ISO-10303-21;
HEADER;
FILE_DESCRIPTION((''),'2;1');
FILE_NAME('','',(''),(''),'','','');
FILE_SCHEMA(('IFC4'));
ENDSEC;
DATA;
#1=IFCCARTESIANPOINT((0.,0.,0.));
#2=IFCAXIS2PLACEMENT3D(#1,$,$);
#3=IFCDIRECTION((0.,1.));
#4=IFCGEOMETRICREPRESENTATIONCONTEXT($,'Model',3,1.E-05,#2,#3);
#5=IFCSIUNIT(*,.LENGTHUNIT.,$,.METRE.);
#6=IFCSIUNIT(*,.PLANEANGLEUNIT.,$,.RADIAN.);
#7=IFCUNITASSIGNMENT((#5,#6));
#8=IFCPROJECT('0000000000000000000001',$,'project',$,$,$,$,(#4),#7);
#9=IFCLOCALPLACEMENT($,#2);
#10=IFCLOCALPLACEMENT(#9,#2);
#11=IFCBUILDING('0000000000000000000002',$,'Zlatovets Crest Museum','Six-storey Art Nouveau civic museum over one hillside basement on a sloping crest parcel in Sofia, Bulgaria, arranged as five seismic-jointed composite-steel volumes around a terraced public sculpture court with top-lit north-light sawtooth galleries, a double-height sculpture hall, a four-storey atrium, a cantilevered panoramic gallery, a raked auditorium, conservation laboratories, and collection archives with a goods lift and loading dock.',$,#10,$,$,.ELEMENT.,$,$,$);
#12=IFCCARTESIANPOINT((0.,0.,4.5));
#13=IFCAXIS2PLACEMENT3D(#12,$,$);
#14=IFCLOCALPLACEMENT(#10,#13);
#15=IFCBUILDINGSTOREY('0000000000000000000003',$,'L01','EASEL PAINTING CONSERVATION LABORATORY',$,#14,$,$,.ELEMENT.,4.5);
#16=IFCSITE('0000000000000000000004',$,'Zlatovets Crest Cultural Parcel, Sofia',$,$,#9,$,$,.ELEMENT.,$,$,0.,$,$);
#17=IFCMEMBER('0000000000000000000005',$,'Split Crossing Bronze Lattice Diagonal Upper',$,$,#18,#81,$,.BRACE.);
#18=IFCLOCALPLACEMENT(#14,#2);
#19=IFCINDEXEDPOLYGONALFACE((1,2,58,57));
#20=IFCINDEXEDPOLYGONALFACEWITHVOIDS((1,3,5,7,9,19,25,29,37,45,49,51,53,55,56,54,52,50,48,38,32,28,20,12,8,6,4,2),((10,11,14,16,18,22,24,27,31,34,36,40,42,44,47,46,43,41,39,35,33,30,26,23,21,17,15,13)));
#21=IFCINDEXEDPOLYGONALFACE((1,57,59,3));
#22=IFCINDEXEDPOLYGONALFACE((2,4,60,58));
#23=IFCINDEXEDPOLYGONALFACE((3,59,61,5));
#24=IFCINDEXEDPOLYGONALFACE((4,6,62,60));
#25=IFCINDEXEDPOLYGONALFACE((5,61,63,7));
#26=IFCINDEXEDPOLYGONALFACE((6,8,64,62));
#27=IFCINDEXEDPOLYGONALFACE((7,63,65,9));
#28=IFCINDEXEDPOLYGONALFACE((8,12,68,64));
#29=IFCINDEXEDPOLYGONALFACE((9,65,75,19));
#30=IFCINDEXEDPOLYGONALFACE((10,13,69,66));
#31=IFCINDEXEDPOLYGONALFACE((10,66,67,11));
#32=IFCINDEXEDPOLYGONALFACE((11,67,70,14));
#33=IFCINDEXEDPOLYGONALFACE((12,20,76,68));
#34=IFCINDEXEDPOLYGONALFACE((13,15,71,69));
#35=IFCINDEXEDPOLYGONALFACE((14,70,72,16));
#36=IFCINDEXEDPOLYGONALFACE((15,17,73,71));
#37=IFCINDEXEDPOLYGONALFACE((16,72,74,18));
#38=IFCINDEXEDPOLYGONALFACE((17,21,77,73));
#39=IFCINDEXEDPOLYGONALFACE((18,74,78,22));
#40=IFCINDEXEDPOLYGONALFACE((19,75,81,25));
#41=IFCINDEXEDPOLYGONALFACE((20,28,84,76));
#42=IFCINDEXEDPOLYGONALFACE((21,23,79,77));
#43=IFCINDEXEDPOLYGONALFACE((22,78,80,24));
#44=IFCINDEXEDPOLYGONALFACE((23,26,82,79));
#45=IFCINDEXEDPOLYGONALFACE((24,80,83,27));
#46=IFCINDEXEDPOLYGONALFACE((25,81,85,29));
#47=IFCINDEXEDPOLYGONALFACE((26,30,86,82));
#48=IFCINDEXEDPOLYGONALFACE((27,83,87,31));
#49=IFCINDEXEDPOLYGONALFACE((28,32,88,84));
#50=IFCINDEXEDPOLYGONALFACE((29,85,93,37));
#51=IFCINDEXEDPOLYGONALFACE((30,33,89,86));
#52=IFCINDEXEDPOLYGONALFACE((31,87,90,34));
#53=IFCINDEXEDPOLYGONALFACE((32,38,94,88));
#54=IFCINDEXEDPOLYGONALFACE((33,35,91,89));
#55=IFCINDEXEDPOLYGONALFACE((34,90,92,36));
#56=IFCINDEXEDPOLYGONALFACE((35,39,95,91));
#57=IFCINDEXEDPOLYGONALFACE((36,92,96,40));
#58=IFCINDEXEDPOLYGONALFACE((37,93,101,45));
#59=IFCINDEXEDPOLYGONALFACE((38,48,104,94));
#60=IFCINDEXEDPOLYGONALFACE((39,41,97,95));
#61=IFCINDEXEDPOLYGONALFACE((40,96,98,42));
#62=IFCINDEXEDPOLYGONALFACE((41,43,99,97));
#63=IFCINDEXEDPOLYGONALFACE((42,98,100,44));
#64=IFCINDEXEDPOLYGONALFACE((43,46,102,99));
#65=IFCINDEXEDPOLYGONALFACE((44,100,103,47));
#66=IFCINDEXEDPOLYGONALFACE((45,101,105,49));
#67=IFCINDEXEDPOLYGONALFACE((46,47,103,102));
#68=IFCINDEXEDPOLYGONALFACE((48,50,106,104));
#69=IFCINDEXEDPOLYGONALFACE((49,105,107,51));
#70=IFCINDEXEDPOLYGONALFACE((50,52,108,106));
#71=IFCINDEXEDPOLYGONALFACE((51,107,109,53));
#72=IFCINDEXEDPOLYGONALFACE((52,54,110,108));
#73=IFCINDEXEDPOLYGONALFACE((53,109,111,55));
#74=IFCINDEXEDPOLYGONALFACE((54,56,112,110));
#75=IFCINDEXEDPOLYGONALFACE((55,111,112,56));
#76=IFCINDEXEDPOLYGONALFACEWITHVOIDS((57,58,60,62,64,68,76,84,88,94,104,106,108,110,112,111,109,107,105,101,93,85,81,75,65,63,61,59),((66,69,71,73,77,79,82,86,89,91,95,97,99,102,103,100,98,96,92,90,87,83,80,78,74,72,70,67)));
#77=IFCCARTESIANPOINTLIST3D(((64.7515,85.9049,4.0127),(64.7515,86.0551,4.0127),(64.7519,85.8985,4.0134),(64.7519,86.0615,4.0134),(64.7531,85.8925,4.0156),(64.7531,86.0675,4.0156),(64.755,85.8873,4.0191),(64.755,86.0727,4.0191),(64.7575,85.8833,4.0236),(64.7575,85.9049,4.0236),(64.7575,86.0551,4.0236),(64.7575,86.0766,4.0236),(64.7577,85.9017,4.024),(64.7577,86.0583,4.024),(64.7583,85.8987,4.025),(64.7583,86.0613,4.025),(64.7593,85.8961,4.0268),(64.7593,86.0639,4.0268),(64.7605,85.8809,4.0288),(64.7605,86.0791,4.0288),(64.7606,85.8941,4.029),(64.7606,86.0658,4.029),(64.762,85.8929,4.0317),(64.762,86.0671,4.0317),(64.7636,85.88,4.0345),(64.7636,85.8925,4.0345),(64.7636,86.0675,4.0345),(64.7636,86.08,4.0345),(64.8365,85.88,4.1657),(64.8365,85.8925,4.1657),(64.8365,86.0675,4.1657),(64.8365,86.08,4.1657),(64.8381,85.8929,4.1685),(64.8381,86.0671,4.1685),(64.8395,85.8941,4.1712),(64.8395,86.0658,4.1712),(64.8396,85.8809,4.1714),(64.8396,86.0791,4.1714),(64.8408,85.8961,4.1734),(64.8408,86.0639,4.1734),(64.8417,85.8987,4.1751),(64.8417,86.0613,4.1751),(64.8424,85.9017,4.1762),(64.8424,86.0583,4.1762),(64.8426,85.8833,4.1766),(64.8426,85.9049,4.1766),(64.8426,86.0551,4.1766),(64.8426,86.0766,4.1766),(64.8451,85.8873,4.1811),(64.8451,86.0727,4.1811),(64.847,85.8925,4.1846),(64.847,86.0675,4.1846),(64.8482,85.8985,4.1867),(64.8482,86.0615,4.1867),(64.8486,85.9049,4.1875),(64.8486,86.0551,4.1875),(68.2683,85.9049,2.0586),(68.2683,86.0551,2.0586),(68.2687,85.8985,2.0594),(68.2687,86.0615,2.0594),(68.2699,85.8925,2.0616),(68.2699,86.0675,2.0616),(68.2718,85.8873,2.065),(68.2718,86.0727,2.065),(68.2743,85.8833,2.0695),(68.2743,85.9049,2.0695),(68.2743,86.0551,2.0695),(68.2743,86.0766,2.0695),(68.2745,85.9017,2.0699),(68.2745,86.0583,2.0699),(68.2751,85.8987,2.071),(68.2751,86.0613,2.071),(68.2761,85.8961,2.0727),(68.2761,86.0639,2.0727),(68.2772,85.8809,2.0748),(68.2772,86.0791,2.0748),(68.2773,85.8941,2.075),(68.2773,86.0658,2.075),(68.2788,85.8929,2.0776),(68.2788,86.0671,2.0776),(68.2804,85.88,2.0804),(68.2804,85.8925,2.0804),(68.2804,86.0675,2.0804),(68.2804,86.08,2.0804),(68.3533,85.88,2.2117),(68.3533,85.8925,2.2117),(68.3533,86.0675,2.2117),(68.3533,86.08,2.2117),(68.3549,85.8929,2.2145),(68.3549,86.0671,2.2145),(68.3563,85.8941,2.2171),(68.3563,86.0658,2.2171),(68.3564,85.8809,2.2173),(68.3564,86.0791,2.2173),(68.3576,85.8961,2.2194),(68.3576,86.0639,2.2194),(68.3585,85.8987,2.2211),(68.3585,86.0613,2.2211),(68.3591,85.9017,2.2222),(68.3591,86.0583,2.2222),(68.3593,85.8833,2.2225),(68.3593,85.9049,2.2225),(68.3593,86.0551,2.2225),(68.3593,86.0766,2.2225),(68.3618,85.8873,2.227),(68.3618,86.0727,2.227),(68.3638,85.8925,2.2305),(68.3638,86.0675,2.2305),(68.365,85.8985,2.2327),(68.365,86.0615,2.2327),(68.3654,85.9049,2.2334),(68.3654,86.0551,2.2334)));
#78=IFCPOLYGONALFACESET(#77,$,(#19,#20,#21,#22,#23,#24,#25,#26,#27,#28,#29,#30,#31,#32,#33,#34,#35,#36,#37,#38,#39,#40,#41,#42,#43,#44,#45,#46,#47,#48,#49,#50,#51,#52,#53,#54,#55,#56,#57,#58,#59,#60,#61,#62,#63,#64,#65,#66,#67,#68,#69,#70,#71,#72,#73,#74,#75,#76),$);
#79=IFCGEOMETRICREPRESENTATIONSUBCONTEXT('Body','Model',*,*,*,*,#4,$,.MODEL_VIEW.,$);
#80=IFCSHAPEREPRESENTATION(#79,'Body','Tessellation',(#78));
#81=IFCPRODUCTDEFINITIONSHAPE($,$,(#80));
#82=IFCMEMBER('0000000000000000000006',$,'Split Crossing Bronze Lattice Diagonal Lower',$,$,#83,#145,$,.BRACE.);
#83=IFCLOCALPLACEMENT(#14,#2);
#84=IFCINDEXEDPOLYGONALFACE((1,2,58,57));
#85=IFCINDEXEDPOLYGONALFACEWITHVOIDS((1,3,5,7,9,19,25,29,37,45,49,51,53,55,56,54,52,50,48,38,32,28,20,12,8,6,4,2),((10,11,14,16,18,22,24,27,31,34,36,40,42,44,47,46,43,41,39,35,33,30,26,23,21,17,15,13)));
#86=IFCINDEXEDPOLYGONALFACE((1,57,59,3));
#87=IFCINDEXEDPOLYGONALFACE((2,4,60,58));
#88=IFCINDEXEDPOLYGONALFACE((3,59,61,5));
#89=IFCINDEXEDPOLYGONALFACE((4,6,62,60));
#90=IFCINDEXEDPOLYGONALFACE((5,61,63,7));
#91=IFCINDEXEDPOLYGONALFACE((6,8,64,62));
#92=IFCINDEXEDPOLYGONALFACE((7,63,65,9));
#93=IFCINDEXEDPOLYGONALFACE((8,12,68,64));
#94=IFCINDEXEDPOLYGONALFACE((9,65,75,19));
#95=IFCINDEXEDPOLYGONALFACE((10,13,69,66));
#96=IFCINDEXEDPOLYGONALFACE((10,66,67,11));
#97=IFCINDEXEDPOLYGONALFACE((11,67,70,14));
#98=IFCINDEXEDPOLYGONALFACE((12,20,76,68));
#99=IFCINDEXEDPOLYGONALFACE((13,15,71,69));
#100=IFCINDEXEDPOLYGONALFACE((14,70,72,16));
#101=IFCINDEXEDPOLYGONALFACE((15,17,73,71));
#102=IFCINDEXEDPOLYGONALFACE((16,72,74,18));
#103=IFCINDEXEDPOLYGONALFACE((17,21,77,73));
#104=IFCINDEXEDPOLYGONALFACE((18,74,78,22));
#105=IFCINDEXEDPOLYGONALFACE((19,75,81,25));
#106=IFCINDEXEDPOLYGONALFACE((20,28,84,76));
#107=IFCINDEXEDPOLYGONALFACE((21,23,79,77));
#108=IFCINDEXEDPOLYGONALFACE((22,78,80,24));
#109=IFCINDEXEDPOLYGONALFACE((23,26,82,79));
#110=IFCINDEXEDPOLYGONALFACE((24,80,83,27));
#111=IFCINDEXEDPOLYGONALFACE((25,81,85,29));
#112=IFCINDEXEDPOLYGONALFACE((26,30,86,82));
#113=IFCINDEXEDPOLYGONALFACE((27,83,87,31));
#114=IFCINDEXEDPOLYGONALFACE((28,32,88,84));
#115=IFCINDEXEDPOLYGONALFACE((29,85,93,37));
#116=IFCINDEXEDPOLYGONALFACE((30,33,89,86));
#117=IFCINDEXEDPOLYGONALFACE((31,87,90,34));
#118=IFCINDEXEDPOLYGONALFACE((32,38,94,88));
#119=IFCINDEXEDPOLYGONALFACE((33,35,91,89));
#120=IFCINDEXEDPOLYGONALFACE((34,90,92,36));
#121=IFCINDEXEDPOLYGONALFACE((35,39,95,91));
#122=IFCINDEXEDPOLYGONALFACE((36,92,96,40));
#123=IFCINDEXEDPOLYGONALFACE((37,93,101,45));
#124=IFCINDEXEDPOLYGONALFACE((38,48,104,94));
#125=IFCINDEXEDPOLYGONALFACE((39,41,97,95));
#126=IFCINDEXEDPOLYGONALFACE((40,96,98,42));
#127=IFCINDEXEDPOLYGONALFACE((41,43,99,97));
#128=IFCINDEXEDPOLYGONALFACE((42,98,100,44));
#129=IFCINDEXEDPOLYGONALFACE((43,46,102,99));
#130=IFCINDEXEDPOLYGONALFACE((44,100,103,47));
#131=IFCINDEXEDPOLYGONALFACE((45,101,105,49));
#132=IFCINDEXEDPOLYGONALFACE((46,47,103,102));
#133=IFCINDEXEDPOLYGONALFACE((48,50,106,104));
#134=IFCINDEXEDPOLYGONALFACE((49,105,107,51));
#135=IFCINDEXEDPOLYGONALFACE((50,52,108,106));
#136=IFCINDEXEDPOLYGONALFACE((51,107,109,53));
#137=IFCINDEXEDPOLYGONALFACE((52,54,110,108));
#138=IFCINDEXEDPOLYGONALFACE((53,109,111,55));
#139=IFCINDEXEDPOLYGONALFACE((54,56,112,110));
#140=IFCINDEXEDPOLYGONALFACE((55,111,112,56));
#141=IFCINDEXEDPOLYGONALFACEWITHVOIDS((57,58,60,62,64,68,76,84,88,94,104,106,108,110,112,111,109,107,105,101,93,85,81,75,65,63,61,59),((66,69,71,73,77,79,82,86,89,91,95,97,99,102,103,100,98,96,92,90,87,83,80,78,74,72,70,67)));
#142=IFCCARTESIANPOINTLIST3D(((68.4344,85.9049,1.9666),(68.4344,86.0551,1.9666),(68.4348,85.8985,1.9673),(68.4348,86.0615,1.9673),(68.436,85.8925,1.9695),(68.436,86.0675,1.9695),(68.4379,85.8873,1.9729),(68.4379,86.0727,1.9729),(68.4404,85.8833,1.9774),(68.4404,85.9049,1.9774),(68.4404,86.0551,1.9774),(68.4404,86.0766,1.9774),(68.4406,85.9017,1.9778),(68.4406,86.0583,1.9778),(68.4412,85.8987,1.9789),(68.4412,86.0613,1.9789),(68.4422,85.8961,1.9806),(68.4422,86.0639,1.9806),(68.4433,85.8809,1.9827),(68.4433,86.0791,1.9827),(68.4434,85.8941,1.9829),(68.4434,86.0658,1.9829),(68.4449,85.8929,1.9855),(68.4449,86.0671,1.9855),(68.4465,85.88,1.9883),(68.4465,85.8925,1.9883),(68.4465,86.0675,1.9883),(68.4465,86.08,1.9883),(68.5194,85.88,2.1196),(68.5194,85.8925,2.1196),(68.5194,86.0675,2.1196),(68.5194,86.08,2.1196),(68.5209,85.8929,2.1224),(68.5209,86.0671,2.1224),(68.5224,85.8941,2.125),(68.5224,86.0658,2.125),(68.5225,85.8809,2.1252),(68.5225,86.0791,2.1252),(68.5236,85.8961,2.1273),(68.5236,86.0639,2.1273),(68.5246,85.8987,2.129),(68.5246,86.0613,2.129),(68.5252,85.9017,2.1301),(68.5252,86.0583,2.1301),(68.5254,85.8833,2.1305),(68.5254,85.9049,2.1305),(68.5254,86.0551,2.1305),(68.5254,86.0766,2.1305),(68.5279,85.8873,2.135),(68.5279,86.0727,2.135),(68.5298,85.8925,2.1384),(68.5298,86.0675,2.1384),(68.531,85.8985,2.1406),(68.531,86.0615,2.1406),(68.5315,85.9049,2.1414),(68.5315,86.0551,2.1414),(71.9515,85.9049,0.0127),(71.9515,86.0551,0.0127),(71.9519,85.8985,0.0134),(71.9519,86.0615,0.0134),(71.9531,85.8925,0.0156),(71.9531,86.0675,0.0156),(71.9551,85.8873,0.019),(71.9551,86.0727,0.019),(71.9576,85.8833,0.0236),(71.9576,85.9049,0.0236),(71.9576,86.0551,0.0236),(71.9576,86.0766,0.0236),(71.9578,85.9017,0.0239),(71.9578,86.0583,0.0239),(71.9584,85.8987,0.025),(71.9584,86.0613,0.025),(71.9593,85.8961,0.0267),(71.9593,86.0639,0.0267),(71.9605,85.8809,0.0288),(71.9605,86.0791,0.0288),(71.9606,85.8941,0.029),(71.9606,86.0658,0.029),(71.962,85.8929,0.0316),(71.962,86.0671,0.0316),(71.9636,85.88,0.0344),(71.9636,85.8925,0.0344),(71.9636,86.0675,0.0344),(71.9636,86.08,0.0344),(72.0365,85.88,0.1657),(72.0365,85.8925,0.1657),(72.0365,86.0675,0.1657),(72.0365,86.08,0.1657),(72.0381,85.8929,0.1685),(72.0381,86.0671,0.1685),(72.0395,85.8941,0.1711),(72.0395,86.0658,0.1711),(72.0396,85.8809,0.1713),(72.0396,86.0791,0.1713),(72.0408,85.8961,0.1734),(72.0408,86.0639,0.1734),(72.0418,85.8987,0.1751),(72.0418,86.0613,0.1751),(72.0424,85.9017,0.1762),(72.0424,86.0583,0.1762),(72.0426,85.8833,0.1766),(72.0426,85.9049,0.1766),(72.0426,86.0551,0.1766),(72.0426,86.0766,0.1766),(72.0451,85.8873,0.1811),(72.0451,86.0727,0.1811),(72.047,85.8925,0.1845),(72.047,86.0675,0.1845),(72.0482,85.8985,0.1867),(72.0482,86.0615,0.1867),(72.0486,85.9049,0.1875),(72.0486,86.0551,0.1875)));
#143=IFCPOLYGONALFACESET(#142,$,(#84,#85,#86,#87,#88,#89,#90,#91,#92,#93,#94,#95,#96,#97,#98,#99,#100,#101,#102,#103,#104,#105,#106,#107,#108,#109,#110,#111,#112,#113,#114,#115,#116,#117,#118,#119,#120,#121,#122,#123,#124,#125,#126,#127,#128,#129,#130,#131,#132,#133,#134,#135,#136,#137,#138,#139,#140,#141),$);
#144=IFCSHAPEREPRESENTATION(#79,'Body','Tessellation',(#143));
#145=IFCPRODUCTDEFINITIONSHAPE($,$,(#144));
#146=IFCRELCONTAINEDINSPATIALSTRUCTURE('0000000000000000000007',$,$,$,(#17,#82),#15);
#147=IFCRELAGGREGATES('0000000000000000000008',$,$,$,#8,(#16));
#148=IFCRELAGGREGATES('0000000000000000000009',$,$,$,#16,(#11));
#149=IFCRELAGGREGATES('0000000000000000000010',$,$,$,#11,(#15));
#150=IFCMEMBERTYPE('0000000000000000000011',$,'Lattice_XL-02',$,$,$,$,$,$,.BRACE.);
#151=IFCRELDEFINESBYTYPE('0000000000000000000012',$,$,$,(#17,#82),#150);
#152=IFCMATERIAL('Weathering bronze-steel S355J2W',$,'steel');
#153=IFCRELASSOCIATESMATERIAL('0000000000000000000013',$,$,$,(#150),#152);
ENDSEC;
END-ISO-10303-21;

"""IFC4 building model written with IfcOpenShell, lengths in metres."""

from ifc_helpers import new_model, si_unit, direction, frame, origin, origin_2d, place, context, subcontext, project, spatial, hollow_rectangle, extrude, material, material_profile, profile_set, type_object, element, save


model = new_model("IFC4")

# Units and contexts
model_context = context("Model", 3, precision=1e-05, world=origin(), true_north=direction((0.0, 1.0)))
body_context = subcontext(model_context, "Body", "Model", "MODEL_VIEW")
ifc_project = project(units=[si_unit("LENGTHUNIT", "METRE"), si_unit("PLANEANGLEUNIT", "RADIAN")], contexts=[model_context])

# Site, building, storey
site_placement = place(None, origin())
site = spatial("IfcSite", under=ifc_project, at=site_placement, Name="Zlatovets Crest Cultural Parcel, Sofia", CompositionType="ELEMENT", RefElevation=0.0)
building_placement = place(site_placement, origin())
building = spatial("IfcBuilding", under=site, at=building_placement, Name="Zlatovets Crest Museum", Description="Six-storey Art Nouveau civic museum over one hillside basement on a sloping crest parcel in Sofia, Bulgaria, arranged as five seismic-jointed composite-steel volumes around a terraced public sculpture court with top-lit north-light sawtooth galleries, a double-height sculpture hall, a four-storey atrium, a cantilevered panoramic gallery, a raked auditorium, conservation laboratories, and collection archives with a goods lift and loading dock.", CompositionType="ELEMENT")
storey_placement = place(building_placement, frame((0.0, 0.0, 4.5)))
storey = spatial("IfcBuildingStorey", under=building, at=storey_placement, Name="L01", Description="EASEL PAINTING CONSERVATION LABORATORY", CompositionType="ELEMENT", Elevation=4.5)

# Members
ifc_material_1 = material(Name="Weathering bronze-steel S355J2W", Category="steel")
ifc_material_profile_1 = material_profile(ifc_material_1, hollow_rectangle(XDim=0.2, YDim=0.2, WallThickness=0.0125, InnerFilletRadius=0.0125, OuterFilletRadius=0.0249, at=origin_2d()), Name="SHS 200x200x12.5")
ifc_profile_set_1 = profile_set([ifc_material_profile_1], Name="Weathering bronze-steel S355J2W")
member_type_1 = type_object("IfcMemberType", Name="Lattice_XL-02", PredefinedType="BRACE", material=ifc_profile_set_1)
member_1_placement = place(storey_placement, frame((64.8, 85.98, 4.1001), z_axis=(0.874126, 0.0, -0.4857), x_axis=(0.0, 1.0, 0.0)))
element("IfcMember", 1, at=member_1_placement, inside=storey, type_object=member_type_1, Name="Split Crossing Bronze Lattice Diagonal Upper", PredefinedType="BRACE", context=body_context, shape_type="SweptSolid", body=[
    extrude(hollow_rectangle(XDim=0.2, YDim=0.2, WallThickness=0.0125, InnerFilletRadius=0.0125, OuterFilletRadius=0.0249, at=origin_2d()), origin(), (0.0, 0.0, 1.0), 4.0232),
])
member_2_placement = place(storey_placement, frame((68.4829, 85.98, 2.054), z_axis=(0.874166, 0.0, -0.485627), x_axis=(0.0, 1.0, 0.0)))
element("IfcMember", 2, at=member_2_placement, inside=storey, type_object=member_type_1, Name="Split Crossing Bronze Lattice Diagonal Lower", PredefinedType="BRACE", context=body_context, shape_type="SweptSolid", body=[
    extrude(hollow_rectangle(XDim=0.2, YDim=0.2, WallThickness=0.0125, InnerFilletRadius=0.0125, OuterFilletRadius=0.0249, at=origin_2d()), origin(), (0.0, 0.0, 1.0), 4.0234),
])

save(model, "model.ifc")
